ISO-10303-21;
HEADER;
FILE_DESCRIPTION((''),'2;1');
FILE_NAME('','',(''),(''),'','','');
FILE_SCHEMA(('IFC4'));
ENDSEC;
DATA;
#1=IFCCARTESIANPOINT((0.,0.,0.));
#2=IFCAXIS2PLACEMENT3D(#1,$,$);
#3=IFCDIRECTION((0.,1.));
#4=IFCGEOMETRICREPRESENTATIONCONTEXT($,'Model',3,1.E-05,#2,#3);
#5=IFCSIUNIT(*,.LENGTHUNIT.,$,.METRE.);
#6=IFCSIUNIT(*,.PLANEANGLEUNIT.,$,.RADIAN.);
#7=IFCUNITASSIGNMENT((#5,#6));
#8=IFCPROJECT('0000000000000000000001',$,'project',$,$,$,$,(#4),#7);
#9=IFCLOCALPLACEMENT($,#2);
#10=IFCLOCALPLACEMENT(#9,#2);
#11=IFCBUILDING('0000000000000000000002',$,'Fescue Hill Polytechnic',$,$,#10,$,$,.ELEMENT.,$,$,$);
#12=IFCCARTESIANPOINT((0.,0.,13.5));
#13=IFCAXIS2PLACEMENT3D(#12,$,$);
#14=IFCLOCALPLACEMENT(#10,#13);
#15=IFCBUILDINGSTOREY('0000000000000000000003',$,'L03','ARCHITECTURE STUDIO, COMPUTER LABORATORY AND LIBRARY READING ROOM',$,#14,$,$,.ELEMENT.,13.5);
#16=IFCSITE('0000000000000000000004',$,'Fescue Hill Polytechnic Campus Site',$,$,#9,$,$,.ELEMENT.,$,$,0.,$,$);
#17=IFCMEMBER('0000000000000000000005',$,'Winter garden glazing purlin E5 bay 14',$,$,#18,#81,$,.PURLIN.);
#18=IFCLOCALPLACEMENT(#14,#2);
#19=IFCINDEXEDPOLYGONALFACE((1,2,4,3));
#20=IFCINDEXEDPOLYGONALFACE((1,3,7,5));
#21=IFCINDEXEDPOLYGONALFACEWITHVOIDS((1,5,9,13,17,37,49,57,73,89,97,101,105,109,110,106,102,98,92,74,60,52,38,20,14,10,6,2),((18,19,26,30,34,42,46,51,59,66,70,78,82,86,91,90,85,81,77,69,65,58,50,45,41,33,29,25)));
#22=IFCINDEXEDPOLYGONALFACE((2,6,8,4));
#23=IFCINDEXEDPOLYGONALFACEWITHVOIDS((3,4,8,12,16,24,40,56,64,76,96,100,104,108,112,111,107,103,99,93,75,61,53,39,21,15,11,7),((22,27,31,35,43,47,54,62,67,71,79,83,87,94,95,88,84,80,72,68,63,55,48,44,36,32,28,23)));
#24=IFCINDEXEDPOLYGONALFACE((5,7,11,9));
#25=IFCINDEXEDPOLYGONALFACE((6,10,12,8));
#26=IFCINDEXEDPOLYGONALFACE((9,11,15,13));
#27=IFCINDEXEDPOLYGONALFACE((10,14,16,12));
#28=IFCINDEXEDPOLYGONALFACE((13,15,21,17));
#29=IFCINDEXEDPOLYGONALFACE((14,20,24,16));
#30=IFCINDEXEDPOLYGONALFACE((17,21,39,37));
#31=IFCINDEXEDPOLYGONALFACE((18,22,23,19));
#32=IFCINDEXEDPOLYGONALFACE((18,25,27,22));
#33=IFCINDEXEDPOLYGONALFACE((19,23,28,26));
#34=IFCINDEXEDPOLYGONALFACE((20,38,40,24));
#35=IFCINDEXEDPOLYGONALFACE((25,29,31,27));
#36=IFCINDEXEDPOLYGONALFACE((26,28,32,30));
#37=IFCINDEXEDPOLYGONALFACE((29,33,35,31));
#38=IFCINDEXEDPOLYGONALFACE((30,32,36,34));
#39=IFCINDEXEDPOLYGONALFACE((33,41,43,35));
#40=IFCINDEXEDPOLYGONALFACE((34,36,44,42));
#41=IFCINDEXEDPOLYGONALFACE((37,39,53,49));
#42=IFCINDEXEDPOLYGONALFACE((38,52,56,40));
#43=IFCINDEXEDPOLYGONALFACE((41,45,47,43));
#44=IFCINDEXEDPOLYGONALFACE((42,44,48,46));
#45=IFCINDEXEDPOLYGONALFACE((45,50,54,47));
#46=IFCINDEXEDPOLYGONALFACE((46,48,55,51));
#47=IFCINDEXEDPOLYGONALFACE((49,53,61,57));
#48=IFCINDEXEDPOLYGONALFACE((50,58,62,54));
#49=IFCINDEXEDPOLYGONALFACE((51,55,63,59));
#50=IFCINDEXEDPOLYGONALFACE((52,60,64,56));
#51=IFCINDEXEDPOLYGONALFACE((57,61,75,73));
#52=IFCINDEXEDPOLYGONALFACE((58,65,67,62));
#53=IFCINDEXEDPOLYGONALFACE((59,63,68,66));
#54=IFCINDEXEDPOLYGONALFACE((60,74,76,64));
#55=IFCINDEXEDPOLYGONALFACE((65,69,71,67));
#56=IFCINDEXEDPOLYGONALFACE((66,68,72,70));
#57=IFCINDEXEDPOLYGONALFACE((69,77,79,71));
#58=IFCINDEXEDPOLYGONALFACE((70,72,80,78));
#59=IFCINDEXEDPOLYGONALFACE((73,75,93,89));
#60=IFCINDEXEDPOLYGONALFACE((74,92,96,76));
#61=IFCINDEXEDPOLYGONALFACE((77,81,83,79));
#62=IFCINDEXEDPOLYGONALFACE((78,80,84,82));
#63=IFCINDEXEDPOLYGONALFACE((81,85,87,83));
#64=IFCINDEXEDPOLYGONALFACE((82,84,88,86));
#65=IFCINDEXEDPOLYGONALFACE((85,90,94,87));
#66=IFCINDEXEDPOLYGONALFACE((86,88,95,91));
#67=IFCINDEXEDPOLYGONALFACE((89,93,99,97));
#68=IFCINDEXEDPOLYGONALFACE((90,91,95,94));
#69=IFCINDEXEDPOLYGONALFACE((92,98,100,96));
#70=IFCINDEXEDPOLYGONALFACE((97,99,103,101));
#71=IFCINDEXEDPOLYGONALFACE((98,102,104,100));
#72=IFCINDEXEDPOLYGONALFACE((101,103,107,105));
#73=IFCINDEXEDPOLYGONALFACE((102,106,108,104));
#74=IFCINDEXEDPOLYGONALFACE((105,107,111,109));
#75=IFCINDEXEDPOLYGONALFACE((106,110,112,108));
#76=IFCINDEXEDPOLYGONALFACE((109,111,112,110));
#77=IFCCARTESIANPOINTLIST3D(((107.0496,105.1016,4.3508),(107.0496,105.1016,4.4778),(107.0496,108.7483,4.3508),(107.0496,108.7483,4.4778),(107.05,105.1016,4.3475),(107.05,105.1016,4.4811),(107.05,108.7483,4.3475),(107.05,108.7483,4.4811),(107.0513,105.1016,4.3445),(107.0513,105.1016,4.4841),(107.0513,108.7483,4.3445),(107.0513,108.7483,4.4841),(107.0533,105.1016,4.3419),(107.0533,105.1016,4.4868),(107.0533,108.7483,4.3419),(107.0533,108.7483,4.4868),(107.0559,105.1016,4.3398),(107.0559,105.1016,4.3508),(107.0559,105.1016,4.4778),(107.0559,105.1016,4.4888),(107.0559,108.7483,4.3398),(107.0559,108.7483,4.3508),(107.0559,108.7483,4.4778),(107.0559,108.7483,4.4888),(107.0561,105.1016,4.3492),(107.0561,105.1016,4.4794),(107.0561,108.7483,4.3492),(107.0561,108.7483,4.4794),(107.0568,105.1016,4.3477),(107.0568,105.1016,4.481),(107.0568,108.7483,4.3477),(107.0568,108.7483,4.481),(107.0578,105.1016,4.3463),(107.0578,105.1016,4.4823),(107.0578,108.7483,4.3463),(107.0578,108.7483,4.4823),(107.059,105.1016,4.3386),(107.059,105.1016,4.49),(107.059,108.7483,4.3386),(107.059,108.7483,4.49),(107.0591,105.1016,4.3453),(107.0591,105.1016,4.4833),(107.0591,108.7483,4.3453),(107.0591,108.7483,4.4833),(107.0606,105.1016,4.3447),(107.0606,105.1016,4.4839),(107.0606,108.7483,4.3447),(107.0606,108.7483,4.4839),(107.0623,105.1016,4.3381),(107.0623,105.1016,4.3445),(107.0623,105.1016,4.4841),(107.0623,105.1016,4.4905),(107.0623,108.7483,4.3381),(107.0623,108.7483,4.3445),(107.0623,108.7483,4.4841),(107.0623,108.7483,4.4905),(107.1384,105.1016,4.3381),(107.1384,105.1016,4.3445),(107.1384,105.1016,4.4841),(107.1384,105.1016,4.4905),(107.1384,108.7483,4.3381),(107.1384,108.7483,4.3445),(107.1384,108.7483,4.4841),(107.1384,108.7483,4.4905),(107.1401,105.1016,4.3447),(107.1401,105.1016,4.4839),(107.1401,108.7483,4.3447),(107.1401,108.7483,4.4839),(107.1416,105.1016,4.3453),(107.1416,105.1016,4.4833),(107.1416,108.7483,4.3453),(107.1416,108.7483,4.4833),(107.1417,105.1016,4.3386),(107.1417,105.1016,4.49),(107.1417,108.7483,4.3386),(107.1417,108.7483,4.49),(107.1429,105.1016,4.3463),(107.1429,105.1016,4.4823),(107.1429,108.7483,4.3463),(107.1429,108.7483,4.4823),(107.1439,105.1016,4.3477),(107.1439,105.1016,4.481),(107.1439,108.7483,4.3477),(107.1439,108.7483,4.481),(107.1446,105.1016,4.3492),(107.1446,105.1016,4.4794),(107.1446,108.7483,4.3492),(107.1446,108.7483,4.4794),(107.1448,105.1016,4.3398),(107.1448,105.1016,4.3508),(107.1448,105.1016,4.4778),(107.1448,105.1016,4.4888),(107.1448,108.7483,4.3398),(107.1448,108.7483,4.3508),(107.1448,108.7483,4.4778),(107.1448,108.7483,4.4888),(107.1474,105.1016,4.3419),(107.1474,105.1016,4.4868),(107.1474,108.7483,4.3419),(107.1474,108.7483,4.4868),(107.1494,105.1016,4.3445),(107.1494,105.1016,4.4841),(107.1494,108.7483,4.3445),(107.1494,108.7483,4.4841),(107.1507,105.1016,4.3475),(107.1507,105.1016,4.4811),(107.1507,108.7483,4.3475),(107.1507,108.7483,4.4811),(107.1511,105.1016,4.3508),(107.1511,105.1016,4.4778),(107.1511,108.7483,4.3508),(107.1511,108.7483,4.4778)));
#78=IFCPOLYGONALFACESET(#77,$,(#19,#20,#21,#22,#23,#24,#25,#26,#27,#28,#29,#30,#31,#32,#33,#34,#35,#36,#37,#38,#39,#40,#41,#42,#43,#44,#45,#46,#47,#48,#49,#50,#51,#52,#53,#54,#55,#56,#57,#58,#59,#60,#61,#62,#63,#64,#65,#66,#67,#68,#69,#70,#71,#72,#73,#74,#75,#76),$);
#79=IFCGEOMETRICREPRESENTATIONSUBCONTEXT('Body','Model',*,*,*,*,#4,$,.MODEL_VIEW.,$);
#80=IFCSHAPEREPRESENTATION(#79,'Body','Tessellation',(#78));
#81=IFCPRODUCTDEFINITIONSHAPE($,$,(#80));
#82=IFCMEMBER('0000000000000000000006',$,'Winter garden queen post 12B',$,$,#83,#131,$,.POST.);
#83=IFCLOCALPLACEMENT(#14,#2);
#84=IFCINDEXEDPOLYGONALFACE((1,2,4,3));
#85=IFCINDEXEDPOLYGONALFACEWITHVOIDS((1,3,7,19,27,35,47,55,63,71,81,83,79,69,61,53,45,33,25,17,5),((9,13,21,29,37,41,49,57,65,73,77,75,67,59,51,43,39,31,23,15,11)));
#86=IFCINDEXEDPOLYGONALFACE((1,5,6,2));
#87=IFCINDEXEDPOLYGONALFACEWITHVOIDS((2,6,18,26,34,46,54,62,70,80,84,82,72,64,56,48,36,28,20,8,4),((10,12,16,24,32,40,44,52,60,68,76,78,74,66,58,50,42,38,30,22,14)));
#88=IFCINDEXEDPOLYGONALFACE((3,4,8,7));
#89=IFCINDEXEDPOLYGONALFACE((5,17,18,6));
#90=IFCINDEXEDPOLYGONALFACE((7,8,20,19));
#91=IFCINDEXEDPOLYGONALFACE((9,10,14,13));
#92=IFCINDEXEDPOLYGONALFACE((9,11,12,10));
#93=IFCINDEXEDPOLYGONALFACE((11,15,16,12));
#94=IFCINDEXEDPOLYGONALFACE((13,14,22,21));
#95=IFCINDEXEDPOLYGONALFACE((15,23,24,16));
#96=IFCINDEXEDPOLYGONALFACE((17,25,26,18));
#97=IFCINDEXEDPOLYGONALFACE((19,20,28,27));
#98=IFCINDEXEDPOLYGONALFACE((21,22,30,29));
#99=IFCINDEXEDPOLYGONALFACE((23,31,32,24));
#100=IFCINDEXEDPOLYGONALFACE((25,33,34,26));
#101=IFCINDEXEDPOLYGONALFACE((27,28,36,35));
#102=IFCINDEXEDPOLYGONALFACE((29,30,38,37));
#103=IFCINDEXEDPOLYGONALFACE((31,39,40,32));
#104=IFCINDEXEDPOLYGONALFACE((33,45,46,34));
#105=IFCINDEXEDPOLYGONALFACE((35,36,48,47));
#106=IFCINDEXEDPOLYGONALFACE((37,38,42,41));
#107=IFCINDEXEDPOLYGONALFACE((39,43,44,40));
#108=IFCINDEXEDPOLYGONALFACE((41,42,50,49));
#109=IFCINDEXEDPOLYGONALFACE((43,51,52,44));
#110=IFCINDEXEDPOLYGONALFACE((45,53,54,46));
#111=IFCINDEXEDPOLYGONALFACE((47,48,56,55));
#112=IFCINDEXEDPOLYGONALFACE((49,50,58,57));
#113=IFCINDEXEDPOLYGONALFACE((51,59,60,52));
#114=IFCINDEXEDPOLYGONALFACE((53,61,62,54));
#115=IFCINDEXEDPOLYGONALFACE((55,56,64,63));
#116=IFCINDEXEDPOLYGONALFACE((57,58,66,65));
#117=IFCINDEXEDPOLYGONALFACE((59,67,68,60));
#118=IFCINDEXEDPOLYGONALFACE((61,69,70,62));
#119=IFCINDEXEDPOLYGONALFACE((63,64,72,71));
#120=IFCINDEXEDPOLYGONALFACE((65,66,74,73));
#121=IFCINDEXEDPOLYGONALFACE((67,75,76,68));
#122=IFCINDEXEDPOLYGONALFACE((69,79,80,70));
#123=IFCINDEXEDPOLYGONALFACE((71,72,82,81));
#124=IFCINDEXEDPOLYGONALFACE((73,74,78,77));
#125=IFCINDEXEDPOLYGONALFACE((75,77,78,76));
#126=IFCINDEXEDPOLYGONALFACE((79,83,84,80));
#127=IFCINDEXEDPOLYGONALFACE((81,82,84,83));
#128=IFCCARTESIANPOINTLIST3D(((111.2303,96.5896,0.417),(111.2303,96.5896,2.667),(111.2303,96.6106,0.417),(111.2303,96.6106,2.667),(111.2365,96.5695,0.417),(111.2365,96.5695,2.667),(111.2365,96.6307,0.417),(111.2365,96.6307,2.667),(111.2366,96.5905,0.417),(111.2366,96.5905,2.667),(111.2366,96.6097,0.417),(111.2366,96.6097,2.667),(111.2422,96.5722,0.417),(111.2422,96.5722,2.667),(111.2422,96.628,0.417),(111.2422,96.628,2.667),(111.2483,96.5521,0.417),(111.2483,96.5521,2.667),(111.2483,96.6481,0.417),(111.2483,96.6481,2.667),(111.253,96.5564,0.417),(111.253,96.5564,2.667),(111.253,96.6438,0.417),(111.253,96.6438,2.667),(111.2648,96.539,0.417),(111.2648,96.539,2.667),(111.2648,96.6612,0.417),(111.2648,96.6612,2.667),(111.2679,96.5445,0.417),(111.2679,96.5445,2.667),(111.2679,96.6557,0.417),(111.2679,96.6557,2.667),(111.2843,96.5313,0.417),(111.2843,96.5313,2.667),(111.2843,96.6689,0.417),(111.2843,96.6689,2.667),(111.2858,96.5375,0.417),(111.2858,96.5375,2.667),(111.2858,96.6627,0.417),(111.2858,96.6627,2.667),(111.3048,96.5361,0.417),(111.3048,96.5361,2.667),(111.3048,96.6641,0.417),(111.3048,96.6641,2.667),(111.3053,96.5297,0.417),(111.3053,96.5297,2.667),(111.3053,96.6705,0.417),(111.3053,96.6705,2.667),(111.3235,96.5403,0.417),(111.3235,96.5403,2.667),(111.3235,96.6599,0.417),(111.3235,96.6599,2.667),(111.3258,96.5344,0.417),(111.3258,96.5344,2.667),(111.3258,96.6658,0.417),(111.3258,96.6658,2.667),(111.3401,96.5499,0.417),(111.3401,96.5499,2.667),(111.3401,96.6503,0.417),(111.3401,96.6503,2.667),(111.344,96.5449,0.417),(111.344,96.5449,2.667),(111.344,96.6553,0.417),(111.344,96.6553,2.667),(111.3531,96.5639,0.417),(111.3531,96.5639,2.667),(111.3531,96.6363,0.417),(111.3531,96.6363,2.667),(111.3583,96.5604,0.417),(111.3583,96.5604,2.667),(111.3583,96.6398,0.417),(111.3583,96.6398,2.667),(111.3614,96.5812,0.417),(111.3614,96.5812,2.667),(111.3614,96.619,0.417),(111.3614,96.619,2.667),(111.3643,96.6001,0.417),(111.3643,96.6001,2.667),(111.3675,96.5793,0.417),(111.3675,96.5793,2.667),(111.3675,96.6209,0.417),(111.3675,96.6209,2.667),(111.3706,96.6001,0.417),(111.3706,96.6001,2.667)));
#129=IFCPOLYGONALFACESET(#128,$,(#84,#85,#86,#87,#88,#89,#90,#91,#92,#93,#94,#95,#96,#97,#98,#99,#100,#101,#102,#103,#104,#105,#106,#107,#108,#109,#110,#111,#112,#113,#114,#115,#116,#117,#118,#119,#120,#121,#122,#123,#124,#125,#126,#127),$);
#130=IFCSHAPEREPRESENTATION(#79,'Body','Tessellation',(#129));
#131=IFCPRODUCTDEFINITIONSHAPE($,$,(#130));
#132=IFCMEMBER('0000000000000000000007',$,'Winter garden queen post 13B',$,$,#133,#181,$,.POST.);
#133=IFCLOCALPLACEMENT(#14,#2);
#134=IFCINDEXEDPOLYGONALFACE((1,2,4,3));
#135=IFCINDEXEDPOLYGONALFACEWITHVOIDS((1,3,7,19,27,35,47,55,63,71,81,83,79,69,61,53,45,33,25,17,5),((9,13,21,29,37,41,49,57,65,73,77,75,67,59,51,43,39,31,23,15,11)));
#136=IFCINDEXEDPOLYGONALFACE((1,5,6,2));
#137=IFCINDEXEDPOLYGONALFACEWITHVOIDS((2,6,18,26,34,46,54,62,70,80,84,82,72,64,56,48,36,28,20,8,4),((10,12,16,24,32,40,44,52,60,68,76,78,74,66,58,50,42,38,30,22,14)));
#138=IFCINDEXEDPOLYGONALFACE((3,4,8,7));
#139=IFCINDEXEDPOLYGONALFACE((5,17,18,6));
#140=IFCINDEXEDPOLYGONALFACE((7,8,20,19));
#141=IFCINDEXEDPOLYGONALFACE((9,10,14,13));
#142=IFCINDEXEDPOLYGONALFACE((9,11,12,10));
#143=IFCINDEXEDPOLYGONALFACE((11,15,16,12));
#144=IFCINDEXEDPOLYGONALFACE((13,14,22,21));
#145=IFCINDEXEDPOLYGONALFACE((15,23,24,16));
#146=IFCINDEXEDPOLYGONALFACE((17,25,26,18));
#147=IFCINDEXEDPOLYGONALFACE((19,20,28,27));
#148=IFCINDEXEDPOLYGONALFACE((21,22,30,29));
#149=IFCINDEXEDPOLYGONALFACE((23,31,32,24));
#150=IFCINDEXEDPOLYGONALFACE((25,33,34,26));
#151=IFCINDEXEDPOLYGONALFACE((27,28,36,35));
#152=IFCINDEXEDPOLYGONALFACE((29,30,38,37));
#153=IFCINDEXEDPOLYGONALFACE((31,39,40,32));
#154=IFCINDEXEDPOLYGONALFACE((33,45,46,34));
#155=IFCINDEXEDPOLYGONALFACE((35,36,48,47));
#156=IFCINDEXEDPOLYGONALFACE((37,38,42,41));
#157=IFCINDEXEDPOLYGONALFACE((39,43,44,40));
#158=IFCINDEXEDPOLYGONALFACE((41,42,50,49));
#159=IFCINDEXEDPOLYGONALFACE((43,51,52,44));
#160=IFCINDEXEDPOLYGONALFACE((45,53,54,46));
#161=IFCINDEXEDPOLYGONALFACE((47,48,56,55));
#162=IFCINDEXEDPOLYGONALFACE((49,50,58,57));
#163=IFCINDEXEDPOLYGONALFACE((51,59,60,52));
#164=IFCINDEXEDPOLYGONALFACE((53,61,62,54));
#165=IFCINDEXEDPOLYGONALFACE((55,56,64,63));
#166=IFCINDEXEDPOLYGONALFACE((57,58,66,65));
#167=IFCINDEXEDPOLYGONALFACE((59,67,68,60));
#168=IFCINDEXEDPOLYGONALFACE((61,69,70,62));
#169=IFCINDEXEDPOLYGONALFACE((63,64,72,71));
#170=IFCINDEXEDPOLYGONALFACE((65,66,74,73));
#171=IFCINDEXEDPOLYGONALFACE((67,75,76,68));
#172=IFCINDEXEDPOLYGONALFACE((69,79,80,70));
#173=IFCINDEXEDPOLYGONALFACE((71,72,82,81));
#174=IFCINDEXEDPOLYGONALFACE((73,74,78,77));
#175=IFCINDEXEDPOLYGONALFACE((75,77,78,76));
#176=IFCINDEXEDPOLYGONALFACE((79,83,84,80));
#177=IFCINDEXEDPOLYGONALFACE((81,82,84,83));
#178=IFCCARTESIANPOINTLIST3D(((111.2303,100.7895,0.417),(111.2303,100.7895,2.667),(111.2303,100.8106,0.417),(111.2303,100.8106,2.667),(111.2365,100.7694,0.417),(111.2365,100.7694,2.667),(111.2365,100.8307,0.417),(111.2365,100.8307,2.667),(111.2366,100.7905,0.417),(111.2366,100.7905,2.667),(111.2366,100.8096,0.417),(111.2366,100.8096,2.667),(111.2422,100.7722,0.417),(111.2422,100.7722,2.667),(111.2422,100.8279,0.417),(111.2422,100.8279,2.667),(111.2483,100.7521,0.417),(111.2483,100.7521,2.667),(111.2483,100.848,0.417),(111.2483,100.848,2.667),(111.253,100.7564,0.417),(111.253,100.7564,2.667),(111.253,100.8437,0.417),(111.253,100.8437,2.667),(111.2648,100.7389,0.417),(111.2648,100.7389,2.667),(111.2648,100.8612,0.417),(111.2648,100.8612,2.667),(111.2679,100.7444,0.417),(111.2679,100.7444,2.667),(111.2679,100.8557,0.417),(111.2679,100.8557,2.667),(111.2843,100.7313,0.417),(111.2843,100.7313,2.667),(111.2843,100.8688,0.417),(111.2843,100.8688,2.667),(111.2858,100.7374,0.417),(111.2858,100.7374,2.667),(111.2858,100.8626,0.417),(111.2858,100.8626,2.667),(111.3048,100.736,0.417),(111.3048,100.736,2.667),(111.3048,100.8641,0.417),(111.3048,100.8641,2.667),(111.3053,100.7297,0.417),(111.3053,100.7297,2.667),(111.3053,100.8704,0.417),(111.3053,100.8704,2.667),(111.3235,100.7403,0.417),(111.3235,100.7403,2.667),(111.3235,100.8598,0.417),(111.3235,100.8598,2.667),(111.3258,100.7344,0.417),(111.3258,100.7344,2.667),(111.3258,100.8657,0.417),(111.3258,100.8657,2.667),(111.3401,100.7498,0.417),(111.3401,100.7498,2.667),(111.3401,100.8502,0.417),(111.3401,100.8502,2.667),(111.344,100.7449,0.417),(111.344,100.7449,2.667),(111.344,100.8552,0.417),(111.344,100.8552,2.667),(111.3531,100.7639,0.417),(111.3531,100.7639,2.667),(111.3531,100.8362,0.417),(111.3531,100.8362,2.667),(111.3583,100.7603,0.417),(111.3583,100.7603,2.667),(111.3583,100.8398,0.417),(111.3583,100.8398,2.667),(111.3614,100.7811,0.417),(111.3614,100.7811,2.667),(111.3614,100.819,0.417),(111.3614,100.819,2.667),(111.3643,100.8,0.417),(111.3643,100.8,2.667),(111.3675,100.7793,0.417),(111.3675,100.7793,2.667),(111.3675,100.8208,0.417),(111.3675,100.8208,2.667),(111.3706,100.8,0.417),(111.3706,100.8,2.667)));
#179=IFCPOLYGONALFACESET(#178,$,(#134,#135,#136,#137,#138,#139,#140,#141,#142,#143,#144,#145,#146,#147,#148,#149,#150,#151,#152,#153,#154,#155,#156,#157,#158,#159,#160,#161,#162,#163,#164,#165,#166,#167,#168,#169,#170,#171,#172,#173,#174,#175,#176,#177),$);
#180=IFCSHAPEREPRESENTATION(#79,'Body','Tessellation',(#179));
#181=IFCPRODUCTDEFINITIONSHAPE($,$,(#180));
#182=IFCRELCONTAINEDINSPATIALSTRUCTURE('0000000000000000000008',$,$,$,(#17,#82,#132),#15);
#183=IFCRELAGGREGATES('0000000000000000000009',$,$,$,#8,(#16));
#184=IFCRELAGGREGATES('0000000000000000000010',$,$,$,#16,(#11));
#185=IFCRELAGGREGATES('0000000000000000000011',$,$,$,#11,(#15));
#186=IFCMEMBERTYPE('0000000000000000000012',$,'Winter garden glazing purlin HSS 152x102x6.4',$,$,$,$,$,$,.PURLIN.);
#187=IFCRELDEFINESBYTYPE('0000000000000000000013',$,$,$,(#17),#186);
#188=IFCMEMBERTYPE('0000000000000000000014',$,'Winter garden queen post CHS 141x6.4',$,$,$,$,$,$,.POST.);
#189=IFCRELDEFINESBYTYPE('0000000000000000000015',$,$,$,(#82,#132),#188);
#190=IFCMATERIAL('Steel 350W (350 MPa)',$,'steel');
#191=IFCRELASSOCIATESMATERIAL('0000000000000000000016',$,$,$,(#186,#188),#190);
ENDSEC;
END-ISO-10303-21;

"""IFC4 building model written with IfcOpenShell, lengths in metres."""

from ifc_helpers import new_model, si_unit, direction, frame, origin, origin_2d, place, context, subcontext, project, spatial, hollow_rectangle, hollow_circle, extrude, material, material_profile, profile_set, type_object, element, save


model = new_model("IFC4")

# Units and contexts
model_context = context("Model", 3, precision=1e-05, world=origin(), true_north=direction((0.0, 1.0)))
body_context = subcontext(model_context, "Body", "Model", "MODEL_VIEW")
ifc_project = project(units=[si_unit("LENGTHUNIT", "METRE"), si_unit("PLANEANGLEUNIT", "RADIAN")], contexts=[model_context])

# Site, building, storey
site_placement = place(None, origin())
site = spatial("IfcSite", under=ifc_project, at=site_placement, Name="Fescue Hill Polytechnic Campus Site", CompositionType="ELEMENT", RefElevation=0.0)
building_placement = place(site_placement, origin())
building = spatial("IfcBuilding", under=site, at=building_placement, Name="Fescue Hill Polytechnic", CompositionType="ELEMENT")
storey_placement = place(building_placement, frame((0.0, 0.0, 13.5)))
storey = spatial("IfcBuildingStorey", under=building, at=storey_placement, Name="L03", Description="ARCHITECTURE STUDIO, COMPUTER LABORATORY AND LIBRARY READING ROOM", CompositionType="ELEMENT", Elevation=13.5)

# Members
ifc_material_1 = material(Name="Steel 350W (350 MPa)", Category="steel")
ifc_material_profile_1 = material_profile(ifc_material_1, hollow_rectangle(XDim=0.1016, YDim=0.1523, WallThickness=0.0063, InnerFilletRadius=0.0063, OuterFilletRadius=0.0127, at=origin_2d()), Name="Winter garden glazing purlin HSS 152x102x6.4")
ifc_profile_set_1 = profile_set([ifc_material_profile_1], Name="Steel 350W (350 MPa)")
member_type_1 = type_object("IfcMemberType", Name="Winter garden glazing purlin HSS 152x102x6.4", PredefinedType="PURLIN", material=ifc_profile_set_1)
for number, where, z_axis, x_axis, name in (
    (1, (107.1003, 105.1016, 4.4143), (0.0, 1.0, 0.0), (-1.0, 0.0, 0.0), "Winter garden glazing purlin E5 bay 14"),
):
    element("IfcMember", number, at=place(storey_placement, frame(where, z_axis=z_axis, x_axis=x_axis)), inside=storey, type_object=member_type_1, Name=name, PredefinedType="PURLIN", context=body_context, shape_type="SweptSolid", body=[
        extrude(hollow_rectangle(XDim=0.1016, YDim=0.1523, WallThickness=0.0063, InnerFilletRadius=0.0063, OuterFilletRadius=0.0127, at=origin_2d()), origin(), (0.0, 0.0, 1.0), 3.6467),
    ])
ifc_material_profile_2 = material_profile(ifc_material_1, hollow_circle(Radius=0.0706, WallThickness=0.0063, at=origin_2d()), Name="Winter garden queen post CHS 141x6.4")
ifc_profile_set_2 = profile_set([ifc_material_profile_2], Name="Steel 350W (350 MPa)")
member_type_2 = type_object("IfcMemberType", Name="Winter garden queen post CHS 141x6.4", PredefinedType="POST", material=ifc_profile_set_2)
for number, where, z_axis, x_axis, name in (
    (2, (111.3, 96.6001, 0.417), (0.0, 0.0, 1.0), (1.0, 0.0, 0.0), "Winter garden queen post 12B"),
    (3, (111.3, 100.8, 0.417), (0.0, 0.0, 1.0), (1.0, 0.0, 0.0), "Winter garden queen post 13B"),
):
    element("IfcMember", number, at=place(storey_placement, frame(where, z_axis=z_axis, x_axis=x_axis)), inside=storey, type_object=member_type_2, Name=name, PredefinedType="POST", context=body_context, shape_type="SweptSolid", body=[
        extrude(hollow_circle(Radius=0.0706, WallThickness=0.0063, at=origin_2d()), origin(), (0.0, 0.0, 1.0), 2.25),
    ])

save(model, "model.ifc")
